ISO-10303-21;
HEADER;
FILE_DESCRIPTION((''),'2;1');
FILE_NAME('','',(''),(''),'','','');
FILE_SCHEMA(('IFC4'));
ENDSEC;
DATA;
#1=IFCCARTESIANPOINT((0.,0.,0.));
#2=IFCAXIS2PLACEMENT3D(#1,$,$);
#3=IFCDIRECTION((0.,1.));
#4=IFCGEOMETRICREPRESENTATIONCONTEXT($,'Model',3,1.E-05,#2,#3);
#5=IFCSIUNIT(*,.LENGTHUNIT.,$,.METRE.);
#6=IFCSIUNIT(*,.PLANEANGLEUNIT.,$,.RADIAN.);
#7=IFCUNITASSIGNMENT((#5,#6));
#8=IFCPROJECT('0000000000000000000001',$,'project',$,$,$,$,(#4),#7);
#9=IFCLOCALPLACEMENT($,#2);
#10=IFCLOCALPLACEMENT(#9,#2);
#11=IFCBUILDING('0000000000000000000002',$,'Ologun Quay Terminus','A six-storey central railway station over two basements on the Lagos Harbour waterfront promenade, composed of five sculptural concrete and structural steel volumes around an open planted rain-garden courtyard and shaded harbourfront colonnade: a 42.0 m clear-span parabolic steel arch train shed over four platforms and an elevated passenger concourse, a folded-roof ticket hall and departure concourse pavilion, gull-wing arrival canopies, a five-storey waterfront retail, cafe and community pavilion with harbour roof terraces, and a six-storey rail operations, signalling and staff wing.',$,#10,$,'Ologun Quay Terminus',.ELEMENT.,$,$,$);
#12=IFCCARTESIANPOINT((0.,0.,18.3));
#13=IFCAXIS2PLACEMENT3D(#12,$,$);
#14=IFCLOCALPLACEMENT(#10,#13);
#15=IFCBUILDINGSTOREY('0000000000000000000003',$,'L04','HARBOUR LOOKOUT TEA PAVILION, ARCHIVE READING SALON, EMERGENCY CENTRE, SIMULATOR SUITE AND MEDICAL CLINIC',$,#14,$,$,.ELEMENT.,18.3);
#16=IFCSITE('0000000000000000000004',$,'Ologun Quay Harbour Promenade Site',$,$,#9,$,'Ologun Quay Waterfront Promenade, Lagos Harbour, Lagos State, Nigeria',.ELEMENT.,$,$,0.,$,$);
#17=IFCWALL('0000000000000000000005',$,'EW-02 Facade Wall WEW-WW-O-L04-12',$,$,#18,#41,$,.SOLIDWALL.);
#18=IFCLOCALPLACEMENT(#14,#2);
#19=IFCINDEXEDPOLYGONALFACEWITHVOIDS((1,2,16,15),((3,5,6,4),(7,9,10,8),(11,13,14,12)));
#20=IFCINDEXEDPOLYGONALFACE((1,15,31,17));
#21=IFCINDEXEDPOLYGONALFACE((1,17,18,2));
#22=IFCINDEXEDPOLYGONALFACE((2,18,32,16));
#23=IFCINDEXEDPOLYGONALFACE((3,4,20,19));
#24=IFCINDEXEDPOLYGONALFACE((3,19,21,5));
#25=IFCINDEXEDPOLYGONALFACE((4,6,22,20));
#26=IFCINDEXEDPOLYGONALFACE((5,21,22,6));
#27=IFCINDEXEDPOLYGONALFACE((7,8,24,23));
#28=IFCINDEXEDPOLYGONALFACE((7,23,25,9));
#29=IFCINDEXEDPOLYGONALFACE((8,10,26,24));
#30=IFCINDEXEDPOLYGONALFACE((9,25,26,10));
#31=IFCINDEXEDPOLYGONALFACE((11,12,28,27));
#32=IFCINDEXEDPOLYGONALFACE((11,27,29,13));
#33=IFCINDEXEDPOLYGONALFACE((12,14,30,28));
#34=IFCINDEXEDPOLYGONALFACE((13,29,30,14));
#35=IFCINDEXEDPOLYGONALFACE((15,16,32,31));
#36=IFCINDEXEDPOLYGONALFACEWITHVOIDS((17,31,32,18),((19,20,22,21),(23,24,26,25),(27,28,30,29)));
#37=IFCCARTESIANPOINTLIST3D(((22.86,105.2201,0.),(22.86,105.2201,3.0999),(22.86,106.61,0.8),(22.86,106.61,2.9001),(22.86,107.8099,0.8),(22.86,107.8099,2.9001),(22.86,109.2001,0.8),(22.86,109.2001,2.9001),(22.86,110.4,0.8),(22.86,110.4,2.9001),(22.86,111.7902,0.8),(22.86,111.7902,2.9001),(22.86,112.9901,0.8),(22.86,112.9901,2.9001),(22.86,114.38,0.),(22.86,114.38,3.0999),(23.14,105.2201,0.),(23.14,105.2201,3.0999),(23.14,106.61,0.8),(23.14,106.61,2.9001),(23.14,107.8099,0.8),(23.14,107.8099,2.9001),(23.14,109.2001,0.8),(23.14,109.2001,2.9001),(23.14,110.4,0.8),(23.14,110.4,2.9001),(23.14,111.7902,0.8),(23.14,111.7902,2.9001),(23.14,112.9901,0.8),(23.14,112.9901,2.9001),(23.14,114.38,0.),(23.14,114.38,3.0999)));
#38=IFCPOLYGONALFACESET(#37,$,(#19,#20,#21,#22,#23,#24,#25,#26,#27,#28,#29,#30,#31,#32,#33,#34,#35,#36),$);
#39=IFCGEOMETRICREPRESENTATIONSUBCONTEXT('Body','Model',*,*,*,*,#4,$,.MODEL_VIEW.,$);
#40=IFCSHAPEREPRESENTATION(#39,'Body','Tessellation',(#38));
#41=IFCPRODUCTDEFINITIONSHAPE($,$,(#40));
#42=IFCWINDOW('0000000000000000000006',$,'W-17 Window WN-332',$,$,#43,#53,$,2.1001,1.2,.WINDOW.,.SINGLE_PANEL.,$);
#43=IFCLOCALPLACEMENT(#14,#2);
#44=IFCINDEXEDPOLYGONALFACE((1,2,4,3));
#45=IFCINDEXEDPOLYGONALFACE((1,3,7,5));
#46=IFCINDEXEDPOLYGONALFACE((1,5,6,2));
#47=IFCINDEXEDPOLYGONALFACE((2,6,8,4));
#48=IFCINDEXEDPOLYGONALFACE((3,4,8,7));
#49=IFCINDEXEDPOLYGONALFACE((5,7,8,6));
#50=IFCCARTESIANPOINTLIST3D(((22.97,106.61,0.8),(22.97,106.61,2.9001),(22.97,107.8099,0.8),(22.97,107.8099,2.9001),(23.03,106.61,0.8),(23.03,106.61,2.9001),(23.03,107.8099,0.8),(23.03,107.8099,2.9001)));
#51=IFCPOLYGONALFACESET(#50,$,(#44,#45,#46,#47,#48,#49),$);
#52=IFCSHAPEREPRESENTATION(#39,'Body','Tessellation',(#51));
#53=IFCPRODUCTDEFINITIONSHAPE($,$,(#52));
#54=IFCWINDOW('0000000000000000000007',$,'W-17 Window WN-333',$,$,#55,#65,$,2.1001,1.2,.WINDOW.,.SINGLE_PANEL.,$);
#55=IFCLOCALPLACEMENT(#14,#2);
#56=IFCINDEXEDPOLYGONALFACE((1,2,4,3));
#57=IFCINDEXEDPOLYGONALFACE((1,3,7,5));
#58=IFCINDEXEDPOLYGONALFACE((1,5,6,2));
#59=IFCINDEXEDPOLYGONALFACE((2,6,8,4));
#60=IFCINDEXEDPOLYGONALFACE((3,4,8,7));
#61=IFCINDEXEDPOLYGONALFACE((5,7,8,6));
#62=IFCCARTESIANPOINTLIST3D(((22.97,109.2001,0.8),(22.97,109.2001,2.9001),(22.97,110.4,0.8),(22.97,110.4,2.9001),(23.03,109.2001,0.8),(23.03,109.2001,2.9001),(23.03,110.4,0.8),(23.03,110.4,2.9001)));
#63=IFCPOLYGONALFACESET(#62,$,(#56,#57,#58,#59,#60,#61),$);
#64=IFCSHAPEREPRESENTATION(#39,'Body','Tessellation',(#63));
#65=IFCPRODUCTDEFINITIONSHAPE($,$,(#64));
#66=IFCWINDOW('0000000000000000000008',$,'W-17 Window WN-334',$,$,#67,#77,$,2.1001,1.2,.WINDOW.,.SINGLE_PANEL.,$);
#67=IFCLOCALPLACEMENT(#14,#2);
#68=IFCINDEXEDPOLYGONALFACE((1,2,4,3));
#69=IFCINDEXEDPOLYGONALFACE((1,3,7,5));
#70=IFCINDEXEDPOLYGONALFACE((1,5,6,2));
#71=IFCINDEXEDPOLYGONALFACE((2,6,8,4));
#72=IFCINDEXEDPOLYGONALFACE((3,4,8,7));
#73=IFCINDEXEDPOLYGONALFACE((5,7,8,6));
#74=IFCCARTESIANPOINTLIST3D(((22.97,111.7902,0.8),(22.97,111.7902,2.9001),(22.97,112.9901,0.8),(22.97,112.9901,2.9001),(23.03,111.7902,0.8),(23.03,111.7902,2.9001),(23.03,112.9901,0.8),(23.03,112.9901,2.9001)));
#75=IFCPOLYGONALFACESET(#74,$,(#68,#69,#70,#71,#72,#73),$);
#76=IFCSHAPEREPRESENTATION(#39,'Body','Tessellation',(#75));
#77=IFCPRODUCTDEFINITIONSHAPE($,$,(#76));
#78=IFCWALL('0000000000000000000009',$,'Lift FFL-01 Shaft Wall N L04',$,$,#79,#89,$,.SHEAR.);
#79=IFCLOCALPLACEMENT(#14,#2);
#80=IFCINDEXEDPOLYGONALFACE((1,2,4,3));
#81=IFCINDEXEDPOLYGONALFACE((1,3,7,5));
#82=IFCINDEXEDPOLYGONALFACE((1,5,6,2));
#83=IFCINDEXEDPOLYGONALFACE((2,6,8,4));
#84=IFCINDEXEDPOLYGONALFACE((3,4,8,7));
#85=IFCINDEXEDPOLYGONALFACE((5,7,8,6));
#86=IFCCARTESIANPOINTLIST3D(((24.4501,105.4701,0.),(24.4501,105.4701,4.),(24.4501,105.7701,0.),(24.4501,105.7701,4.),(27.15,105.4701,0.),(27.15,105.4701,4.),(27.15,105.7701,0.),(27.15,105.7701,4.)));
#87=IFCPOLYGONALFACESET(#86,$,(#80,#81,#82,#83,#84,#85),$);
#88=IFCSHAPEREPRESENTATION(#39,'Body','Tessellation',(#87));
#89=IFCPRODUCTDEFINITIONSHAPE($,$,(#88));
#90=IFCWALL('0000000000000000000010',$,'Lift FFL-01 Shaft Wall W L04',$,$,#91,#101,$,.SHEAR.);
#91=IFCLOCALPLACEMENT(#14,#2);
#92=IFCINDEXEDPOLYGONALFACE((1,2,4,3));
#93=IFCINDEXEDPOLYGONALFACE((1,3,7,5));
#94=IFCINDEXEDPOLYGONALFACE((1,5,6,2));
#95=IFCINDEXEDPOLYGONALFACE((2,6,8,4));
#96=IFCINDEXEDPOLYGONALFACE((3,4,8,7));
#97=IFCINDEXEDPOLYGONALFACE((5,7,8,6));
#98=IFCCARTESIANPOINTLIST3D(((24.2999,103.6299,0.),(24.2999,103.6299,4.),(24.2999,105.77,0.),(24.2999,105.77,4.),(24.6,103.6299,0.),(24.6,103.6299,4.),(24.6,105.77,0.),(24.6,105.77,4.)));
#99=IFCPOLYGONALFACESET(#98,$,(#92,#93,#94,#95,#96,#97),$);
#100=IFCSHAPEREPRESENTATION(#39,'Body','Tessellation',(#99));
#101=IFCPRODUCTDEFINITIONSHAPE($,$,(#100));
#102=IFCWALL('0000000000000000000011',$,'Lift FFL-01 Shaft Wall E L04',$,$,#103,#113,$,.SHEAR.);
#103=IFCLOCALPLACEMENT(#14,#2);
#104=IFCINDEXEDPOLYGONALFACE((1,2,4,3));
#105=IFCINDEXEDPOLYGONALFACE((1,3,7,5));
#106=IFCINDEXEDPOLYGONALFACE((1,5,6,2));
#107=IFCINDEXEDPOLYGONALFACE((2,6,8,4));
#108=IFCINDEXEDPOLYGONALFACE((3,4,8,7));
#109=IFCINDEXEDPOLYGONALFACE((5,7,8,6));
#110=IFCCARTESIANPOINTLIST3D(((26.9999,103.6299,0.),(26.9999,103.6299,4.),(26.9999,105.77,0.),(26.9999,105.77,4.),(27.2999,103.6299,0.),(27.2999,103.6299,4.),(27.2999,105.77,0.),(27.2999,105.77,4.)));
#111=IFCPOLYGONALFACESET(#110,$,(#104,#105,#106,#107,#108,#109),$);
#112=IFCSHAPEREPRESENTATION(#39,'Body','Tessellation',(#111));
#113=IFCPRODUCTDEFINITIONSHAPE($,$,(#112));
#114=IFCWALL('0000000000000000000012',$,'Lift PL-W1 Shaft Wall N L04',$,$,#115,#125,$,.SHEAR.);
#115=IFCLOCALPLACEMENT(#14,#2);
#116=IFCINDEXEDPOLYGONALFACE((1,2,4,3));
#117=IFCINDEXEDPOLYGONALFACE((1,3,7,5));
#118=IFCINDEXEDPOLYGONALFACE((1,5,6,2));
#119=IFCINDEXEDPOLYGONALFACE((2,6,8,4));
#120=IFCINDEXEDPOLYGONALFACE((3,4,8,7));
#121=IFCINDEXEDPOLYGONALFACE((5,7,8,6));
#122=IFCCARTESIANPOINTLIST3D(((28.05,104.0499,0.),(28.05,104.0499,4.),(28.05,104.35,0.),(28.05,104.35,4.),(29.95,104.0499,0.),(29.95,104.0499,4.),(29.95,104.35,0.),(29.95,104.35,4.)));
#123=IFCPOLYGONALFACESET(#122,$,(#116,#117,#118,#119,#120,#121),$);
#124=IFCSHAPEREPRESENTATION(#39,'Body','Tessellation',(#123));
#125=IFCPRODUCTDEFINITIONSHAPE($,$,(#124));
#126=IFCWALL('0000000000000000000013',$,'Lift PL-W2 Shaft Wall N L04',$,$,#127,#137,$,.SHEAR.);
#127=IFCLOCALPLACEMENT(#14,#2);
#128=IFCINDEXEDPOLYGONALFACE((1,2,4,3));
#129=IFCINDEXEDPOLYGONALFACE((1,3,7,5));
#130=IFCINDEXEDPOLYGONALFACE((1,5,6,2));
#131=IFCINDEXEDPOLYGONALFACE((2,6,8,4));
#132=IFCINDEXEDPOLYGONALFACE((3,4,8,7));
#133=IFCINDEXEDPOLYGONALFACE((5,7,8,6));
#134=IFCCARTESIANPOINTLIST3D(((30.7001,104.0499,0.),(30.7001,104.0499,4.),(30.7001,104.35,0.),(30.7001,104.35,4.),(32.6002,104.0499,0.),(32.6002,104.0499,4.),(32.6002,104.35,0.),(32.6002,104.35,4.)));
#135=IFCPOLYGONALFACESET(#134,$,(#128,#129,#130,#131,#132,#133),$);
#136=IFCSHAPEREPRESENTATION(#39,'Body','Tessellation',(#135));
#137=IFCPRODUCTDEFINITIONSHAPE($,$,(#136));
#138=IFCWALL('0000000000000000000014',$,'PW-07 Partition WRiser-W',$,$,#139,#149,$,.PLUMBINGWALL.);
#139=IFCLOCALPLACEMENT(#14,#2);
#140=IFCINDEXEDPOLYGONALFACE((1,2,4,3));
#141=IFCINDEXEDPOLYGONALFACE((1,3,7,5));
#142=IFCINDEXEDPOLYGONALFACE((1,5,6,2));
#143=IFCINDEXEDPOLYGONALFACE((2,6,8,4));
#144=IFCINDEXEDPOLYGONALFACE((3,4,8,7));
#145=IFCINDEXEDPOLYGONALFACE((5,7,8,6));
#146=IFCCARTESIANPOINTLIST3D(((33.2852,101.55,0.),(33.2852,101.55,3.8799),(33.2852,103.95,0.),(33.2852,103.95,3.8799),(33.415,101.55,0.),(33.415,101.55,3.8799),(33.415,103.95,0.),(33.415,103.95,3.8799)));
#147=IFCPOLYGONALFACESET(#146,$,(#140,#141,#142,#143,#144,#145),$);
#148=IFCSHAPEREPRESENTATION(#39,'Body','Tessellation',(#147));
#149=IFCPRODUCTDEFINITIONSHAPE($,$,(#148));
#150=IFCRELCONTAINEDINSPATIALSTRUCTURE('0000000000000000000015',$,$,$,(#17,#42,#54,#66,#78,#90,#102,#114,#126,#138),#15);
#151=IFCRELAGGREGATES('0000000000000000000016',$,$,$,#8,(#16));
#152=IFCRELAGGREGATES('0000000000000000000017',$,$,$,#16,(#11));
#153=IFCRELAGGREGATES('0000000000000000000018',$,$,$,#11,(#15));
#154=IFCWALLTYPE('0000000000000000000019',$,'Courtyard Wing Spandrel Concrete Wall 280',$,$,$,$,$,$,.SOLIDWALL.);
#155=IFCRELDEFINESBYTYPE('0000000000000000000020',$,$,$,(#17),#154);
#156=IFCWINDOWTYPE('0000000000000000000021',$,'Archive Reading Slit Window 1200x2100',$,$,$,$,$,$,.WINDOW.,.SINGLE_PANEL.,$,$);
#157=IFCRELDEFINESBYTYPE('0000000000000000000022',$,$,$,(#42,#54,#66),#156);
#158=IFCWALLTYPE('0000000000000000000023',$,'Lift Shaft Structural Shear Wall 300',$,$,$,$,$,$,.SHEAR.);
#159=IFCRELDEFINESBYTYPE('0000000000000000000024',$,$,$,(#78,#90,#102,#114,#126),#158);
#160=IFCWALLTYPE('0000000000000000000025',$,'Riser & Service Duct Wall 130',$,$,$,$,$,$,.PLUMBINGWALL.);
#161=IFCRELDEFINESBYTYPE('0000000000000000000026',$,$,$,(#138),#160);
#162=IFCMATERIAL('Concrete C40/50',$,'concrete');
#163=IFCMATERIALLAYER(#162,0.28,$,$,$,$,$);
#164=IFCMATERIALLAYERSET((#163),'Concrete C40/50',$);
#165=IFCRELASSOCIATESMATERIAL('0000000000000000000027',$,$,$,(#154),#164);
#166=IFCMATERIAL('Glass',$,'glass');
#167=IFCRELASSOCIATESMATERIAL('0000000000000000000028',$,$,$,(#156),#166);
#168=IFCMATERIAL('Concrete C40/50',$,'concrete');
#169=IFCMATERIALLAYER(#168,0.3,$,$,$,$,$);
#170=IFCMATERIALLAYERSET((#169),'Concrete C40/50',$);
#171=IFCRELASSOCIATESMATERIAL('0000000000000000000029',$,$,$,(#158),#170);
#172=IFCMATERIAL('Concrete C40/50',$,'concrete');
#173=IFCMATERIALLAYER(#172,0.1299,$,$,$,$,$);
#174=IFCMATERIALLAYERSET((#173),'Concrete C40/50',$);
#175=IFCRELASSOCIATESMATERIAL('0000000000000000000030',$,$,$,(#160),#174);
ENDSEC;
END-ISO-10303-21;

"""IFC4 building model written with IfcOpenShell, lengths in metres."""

from ifc_helpers import new_model, si_unit, direction, frame, frame_2d, origin, place, context, subcontext, project, spatial, rectangle, extrude, material, layer, layer_set, type_object, element, fill, save


model = new_model("IFC4")

# Units and contexts
model_context = context("Model", 3, precision=1e-05, world=origin(), true_north=direction((0.0, 1.0)))
body_context = subcontext(model_context, "Body", "Model", "MODEL_VIEW")
ifc_project = project(units=[si_unit("LENGTHUNIT", "METRE"), si_unit("PLANEANGLEUNIT", "RADIAN")], contexts=[model_context])

# Site, building, storey
site_placement = place(None, origin())
site = spatial("IfcSite", under=ifc_project, at=site_placement, Name="Ologun Quay Harbour Promenade Site", LongName="Ologun Quay Waterfront Promenade, Lagos Harbour, Lagos State, Nigeria", CompositionType="ELEMENT", RefElevation=0.0)
building_placement = place(site_placement, origin())
building = spatial("IfcBuilding", under=site, at=building_placement, Name="Ologun Quay Terminus", Description="A six-storey central railway station over two basements on the Lagos Harbour waterfront promenade, composed of five sculptural concrete and structural steel volumes around an open planted rain-garden courtyard and shaded harbourfront colonnade: a 42.0 m clear-span parabolic steel arch train shed over four platforms and an elevated passenger concourse, a folded-roof ticket hall and departure concourse pavilion, gull-wing arrival canopies, a five-storey waterfront retail, cafe and community pavilion with harbour roof terraces, and a six-storey rail operations, signalling and staff wing.", LongName="Ologun Quay Terminus", CompositionType="ELEMENT")
storey_placement = place(building_placement, frame((0.0, 0.0, 18.3)))
storey = spatial("IfcBuildingStorey", under=building, at=storey_placement, Name="L04", Description="HARBOUR LOOKOUT TEA PAVILION, ARCHIVE READING SALON, EMERGENCY CENTRE, SIMULATOR SUITE AND MEDICAL CLINIC", CompositionType="ELEMENT", Elevation=18.3)

# Wall, openings, windows
ifc_material_1 = material(Name="Concrete C40/50", Category="concrete")
ifc_layer_1 = layer(ifc_material_1, 0.28)
ifc_layer_set_1 = layer_set([ifc_layer_1], Name="Concrete C40/50")
wall_type_1 = type_object("IfcWallType", Name="Courtyard Wing Spandrel Concrete Wall 280", PredefinedType="SOLIDWALL", material=ifc_layer_set_1)
wall_1_placement = place(storey_placement, frame((23.0, 105.22, 0.0), z_axis=(0.0, 0.0, 1.0), x_axis=(0.0, 1.0, 0.0)))
wall_1 = element("IfcWall", 1, at=wall_1_placement, inside=storey, type_object=wall_type_1, Name="EW-02 Facade Wall WEW-WW-O-L04-12", PredefinedType="SOLIDWALL", context=body_context, shape_type="SweptSolid", body=[
    extrude(rectangle(XDim=9.1599, YDim=0.28, at=frame_2d((4.5801, 0.0))), origin(), (0.0, 0.0, 1.0), 3.0999),
])
opening_1_placement = place(wall_1_placement, frame((1.3899, 0.0, 0.8)))
opening_1 = element("IfcOpeningElement", 2, at=opening_1_placement, cuts=wall_1, PredefinedType="OPENING", context=body_context, shape_type="SweptSolid", body=[
    extrude(rectangle(XDim=1.2, YDim=2.1001, at=frame_2d((0.6001, 1.05))), frame((0.0, 0.1499, 0.0), z_axis=(0.0, -1.0, 0.0), x_axis=(1.0, 0.0, 0.0)), (0.0, 0.0, 1.0), 0.3),
])
opening_2_placement = place(wall_1_placement, frame((3.98, 0.0, 0.8)))
opening_2 = element("IfcOpeningElement", 3, at=opening_2_placement, cuts=wall_1, PredefinedType="OPENING", context=body_context, shape_type="SweptSolid", body=[
    extrude(rectangle(XDim=1.2, YDim=2.1001, at=frame_2d((0.6001, 1.05))), frame((0.0, 0.1499, 0.0), z_axis=(0.0, -1.0, 0.0), x_axis=(1.0, 0.0, 0.0)), (0.0, 0.0, 1.0), 0.3),
])
opening_3_placement = place(wall_1_placement, frame((6.5701, 0.0, 0.8)))
opening_3 = element("IfcOpeningElement", 4, at=opening_3_placement, cuts=wall_1, PredefinedType="OPENING", context=body_context, shape_type="SweptSolid", body=[
    extrude(rectangle(XDim=1.2, YDim=2.1001, at=frame_2d((0.6001, 1.05))), frame((0.0, 0.1499, 0.0), z_axis=(0.0, -1.0, 0.0), x_axis=(1.0, 0.0, 0.0)), (0.0, 0.0, 1.0), 0.3),
])
ifc_material_2 = material(Name="Glass", Category="glass")
window_type_1 = type_object("IfcWindowType", Name="Archive Reading Slit Window 1200x2100", PartitioningType="SINGLE_PANEL", PredefinedType="WINDOW", material=ifc_material_2)
window_1_placement = place(opening_1_placement, origin())
window_1 = element("IfcWindow", 5, at=window_1_placement, inside=storey, type_object=window_type_1, Name="W-17 Window WN-332", OverallHeight=2.1001, OverallWidth=1.2, PartitioningType="SINGLE_PANEL", PredefinedType="WINDOW", context=body_context, shape_type="SweptSolid", body=[
    extrude(rectangle(XDim=1.2, YDim=2.1001, at=frame_2d((0.6001, 1.05))), frame((0.0, 0.03, 0.0), z_axis=(0.0, -1.0, 0.0), x_axis=(1.0, 0.0, 0.0)), (0.0, 0.0, 1.0), 0.0601),
])
fill(opening_1, window_1)
window_2_placement = place(opening_2_placement, origin())
window_2 = element("IfcWindow", 6, at=window_2_placement, inside=storey, type_object=window_type_1, Name="W-17 Window WN-333", OverallHeight=2.1001, OverallWidth=1.2, PartitioningType="SINGLE_PANEL", PredefinedType="WINDOW", context=body_context, shape_type="SweptSolid", body=[
    extrude(rectangle(XDim=1.2, YDim=2.1001, at=frame_2d((0.6001, 1.05))), frame((0.0, 0.03, 0.0), z_axis=(0.0, -1.0, 0.0), x_axis=(1.0, 0.0, 0.0)), (0.0, 0.0, 1.0), 0.0601),
])
fill(opening_2, window_2)
window_3_placement = place(opening_3_placement, origin())
window_3 = element("IfcWindow", 7, at=window_3_placement, inside=storey, type_object=window_type_1, Name="W-17 Window WN-334", OverallHeight=2.1001, OverallWidth=1.2, PartitioningType="SINGLE_PANEL", PredefinedType="WINDOW", context=body_context, shape_type="SweptSolid", body=[
    extrude(rectangle(XDim=1.2, YDim=2.1001, at=frame_2d((0.6001, 1.05))), frame((0.0, 0.03, 0.0), z_axis=(0.0, -1.0, 0.0), x_axis=(1.0, 0.0, 0.0)), (0.0, 0.0, 1.0), 0.0601),
])
fill(opening_3, window_3)

# Shared definitions
ifc_material_3 = material(Name="Concrete C40/50", Category="concrete")
ifc_layer_2 = layer(ifc_material_3, 0.3)
ifc_layer_set_2 = layer_set([ifc_layer_2], Name="Concrete C40/50")
wall_type_2 = type_object("IfcWallType", Name="Lift Shaft Structural Shear Wall 300", PredefinedType="SHEAR", material=ifc_layer_set_2)

# Walls
wall_2_placement = place(storey_placement, frame((24.45, 105.6201, 0.0), z_axis=(0.0, 0.0, 1.0), x_axis=(1.0, 0.0, 0.0)))
element("IfcWall", 8, at=wall_2_placement, inside=storey, type_object=wall_type_2, Name="Lift FFL-01 Shaft Wall N L04", PredefinedType="SHEAR", context=body_context, shape_type="SweptSolid", body=[
    extrude(rectangle(XDim=2.7, YDim=0.3, at=frame_2d((1.3501, 0.0))), origin(), (0.0, 0.0, 1.0), 4.0),
])
for number, where, z_axis, x_axis, name in (
    (9, (24.45, 103.6299, 0.0), (0.0, 0.0, 1.0), (0.0, 1.0, 0.0), "Lift FFL-01 Shaft Wall W L04"),
    (10, (27.1499, 103.6299, 0.0), (0.0, 0.0, 1.0), (0.0, 1.0, 0.0), "Lift FFL-01 Shaft Wall E L04"),
):
    element("IfcWall", number, at=place(storey_placement, frame(where, z_axis=z_axis, x_axis=x_axis)), inside=storey, type_object=wall_type_2, Name=name, PredefinedType="SHEAR", context=body_context, shape_type="SweptSolid", body=[
        extrude(rectangle(XDim=2.1401, YDim=0.3, at=frame_2d((1.0701, 0.0))), origin(), (0.0, 0.0, 1.0), 4.0),
    ])
wall_3_placement = place(storey_placement, frame((28.05, 104.2, 0.0), z_axis=(0.0, 0.0, 1.0), x_axis=(1.0, 0.0, 0.0)))
element("IfcWall", 11, at=wall_3_placement, inside=storey, type_object=wall_type_2, Name="Lift PL-W1 Shaft Wall N L04", PredefinedType="SHEAR", context=body_context, shape_type="SweptSolid", body=[
    extrude(rectangle(XDim=1.8999, YDim=0.3, at=frame_2d((0.95, 0.0))), origin(), (0.0, 0.0, 1.0), 4.0),
])
wall_4_placement = place(storey_placement, frame((30.7, 104.2, 0.0), z_axis=(0.0, 0.0, 1.0), x_axis=(1.0, 0.0, 0.0)))
element("IfcWall", 12, at=wall_4_placement, inside=storey, type_object=wall_type_2, Name="Lift PL-W2 Shaft Wall N L04", PredefinedType="SHEAR", context=body_context, shape_type="SweptSolid", body=[
    extrude(rectangle(XDim=1.9001, YDim=0.3, at=frame_2d((0.9502, 0.0))), origin(), (0.0, 0.0, 1.0), 4.0),
])
ifc_material_4 = material(Name="Concrete C40/50", Category="concrete")
ifc_layer_3 = layer(ifc_material_4, 0.1299)
ifc_layer_set_3 = layer_set([ifc_layer_3], Name="Concrete C40/50")
wall_type_3 = type_object("IfcWallType", Name="Riser & Service Duct Wall 130", PredefinedType="PLUMBINGWALL", material=ifc_layer_set_3)
wall_5_placement = place(storey_placement, frame((33.3501, 101.55, 0.0), z_axis=(0.0, 0.0, 1.0), x_axis=(0.0, 1.0, 0.0)))
element("IfcWall", 13, at=wall_5_placement, inside=storey, type_object=wall_type_3, Name="PW-07 Partition WRiser-W", PredefinedType="PLUMBINGWALL", context=body_context, shape_type="SweptSolid", body=[
    extrude(rectangle(XDim=2.3999, YDim=0.1299, at=frame_2d((1.2, 0.0))), origin(), (0.0, 0.0, 1.0), 3.8799),
])

save(model, "model.ifc")
